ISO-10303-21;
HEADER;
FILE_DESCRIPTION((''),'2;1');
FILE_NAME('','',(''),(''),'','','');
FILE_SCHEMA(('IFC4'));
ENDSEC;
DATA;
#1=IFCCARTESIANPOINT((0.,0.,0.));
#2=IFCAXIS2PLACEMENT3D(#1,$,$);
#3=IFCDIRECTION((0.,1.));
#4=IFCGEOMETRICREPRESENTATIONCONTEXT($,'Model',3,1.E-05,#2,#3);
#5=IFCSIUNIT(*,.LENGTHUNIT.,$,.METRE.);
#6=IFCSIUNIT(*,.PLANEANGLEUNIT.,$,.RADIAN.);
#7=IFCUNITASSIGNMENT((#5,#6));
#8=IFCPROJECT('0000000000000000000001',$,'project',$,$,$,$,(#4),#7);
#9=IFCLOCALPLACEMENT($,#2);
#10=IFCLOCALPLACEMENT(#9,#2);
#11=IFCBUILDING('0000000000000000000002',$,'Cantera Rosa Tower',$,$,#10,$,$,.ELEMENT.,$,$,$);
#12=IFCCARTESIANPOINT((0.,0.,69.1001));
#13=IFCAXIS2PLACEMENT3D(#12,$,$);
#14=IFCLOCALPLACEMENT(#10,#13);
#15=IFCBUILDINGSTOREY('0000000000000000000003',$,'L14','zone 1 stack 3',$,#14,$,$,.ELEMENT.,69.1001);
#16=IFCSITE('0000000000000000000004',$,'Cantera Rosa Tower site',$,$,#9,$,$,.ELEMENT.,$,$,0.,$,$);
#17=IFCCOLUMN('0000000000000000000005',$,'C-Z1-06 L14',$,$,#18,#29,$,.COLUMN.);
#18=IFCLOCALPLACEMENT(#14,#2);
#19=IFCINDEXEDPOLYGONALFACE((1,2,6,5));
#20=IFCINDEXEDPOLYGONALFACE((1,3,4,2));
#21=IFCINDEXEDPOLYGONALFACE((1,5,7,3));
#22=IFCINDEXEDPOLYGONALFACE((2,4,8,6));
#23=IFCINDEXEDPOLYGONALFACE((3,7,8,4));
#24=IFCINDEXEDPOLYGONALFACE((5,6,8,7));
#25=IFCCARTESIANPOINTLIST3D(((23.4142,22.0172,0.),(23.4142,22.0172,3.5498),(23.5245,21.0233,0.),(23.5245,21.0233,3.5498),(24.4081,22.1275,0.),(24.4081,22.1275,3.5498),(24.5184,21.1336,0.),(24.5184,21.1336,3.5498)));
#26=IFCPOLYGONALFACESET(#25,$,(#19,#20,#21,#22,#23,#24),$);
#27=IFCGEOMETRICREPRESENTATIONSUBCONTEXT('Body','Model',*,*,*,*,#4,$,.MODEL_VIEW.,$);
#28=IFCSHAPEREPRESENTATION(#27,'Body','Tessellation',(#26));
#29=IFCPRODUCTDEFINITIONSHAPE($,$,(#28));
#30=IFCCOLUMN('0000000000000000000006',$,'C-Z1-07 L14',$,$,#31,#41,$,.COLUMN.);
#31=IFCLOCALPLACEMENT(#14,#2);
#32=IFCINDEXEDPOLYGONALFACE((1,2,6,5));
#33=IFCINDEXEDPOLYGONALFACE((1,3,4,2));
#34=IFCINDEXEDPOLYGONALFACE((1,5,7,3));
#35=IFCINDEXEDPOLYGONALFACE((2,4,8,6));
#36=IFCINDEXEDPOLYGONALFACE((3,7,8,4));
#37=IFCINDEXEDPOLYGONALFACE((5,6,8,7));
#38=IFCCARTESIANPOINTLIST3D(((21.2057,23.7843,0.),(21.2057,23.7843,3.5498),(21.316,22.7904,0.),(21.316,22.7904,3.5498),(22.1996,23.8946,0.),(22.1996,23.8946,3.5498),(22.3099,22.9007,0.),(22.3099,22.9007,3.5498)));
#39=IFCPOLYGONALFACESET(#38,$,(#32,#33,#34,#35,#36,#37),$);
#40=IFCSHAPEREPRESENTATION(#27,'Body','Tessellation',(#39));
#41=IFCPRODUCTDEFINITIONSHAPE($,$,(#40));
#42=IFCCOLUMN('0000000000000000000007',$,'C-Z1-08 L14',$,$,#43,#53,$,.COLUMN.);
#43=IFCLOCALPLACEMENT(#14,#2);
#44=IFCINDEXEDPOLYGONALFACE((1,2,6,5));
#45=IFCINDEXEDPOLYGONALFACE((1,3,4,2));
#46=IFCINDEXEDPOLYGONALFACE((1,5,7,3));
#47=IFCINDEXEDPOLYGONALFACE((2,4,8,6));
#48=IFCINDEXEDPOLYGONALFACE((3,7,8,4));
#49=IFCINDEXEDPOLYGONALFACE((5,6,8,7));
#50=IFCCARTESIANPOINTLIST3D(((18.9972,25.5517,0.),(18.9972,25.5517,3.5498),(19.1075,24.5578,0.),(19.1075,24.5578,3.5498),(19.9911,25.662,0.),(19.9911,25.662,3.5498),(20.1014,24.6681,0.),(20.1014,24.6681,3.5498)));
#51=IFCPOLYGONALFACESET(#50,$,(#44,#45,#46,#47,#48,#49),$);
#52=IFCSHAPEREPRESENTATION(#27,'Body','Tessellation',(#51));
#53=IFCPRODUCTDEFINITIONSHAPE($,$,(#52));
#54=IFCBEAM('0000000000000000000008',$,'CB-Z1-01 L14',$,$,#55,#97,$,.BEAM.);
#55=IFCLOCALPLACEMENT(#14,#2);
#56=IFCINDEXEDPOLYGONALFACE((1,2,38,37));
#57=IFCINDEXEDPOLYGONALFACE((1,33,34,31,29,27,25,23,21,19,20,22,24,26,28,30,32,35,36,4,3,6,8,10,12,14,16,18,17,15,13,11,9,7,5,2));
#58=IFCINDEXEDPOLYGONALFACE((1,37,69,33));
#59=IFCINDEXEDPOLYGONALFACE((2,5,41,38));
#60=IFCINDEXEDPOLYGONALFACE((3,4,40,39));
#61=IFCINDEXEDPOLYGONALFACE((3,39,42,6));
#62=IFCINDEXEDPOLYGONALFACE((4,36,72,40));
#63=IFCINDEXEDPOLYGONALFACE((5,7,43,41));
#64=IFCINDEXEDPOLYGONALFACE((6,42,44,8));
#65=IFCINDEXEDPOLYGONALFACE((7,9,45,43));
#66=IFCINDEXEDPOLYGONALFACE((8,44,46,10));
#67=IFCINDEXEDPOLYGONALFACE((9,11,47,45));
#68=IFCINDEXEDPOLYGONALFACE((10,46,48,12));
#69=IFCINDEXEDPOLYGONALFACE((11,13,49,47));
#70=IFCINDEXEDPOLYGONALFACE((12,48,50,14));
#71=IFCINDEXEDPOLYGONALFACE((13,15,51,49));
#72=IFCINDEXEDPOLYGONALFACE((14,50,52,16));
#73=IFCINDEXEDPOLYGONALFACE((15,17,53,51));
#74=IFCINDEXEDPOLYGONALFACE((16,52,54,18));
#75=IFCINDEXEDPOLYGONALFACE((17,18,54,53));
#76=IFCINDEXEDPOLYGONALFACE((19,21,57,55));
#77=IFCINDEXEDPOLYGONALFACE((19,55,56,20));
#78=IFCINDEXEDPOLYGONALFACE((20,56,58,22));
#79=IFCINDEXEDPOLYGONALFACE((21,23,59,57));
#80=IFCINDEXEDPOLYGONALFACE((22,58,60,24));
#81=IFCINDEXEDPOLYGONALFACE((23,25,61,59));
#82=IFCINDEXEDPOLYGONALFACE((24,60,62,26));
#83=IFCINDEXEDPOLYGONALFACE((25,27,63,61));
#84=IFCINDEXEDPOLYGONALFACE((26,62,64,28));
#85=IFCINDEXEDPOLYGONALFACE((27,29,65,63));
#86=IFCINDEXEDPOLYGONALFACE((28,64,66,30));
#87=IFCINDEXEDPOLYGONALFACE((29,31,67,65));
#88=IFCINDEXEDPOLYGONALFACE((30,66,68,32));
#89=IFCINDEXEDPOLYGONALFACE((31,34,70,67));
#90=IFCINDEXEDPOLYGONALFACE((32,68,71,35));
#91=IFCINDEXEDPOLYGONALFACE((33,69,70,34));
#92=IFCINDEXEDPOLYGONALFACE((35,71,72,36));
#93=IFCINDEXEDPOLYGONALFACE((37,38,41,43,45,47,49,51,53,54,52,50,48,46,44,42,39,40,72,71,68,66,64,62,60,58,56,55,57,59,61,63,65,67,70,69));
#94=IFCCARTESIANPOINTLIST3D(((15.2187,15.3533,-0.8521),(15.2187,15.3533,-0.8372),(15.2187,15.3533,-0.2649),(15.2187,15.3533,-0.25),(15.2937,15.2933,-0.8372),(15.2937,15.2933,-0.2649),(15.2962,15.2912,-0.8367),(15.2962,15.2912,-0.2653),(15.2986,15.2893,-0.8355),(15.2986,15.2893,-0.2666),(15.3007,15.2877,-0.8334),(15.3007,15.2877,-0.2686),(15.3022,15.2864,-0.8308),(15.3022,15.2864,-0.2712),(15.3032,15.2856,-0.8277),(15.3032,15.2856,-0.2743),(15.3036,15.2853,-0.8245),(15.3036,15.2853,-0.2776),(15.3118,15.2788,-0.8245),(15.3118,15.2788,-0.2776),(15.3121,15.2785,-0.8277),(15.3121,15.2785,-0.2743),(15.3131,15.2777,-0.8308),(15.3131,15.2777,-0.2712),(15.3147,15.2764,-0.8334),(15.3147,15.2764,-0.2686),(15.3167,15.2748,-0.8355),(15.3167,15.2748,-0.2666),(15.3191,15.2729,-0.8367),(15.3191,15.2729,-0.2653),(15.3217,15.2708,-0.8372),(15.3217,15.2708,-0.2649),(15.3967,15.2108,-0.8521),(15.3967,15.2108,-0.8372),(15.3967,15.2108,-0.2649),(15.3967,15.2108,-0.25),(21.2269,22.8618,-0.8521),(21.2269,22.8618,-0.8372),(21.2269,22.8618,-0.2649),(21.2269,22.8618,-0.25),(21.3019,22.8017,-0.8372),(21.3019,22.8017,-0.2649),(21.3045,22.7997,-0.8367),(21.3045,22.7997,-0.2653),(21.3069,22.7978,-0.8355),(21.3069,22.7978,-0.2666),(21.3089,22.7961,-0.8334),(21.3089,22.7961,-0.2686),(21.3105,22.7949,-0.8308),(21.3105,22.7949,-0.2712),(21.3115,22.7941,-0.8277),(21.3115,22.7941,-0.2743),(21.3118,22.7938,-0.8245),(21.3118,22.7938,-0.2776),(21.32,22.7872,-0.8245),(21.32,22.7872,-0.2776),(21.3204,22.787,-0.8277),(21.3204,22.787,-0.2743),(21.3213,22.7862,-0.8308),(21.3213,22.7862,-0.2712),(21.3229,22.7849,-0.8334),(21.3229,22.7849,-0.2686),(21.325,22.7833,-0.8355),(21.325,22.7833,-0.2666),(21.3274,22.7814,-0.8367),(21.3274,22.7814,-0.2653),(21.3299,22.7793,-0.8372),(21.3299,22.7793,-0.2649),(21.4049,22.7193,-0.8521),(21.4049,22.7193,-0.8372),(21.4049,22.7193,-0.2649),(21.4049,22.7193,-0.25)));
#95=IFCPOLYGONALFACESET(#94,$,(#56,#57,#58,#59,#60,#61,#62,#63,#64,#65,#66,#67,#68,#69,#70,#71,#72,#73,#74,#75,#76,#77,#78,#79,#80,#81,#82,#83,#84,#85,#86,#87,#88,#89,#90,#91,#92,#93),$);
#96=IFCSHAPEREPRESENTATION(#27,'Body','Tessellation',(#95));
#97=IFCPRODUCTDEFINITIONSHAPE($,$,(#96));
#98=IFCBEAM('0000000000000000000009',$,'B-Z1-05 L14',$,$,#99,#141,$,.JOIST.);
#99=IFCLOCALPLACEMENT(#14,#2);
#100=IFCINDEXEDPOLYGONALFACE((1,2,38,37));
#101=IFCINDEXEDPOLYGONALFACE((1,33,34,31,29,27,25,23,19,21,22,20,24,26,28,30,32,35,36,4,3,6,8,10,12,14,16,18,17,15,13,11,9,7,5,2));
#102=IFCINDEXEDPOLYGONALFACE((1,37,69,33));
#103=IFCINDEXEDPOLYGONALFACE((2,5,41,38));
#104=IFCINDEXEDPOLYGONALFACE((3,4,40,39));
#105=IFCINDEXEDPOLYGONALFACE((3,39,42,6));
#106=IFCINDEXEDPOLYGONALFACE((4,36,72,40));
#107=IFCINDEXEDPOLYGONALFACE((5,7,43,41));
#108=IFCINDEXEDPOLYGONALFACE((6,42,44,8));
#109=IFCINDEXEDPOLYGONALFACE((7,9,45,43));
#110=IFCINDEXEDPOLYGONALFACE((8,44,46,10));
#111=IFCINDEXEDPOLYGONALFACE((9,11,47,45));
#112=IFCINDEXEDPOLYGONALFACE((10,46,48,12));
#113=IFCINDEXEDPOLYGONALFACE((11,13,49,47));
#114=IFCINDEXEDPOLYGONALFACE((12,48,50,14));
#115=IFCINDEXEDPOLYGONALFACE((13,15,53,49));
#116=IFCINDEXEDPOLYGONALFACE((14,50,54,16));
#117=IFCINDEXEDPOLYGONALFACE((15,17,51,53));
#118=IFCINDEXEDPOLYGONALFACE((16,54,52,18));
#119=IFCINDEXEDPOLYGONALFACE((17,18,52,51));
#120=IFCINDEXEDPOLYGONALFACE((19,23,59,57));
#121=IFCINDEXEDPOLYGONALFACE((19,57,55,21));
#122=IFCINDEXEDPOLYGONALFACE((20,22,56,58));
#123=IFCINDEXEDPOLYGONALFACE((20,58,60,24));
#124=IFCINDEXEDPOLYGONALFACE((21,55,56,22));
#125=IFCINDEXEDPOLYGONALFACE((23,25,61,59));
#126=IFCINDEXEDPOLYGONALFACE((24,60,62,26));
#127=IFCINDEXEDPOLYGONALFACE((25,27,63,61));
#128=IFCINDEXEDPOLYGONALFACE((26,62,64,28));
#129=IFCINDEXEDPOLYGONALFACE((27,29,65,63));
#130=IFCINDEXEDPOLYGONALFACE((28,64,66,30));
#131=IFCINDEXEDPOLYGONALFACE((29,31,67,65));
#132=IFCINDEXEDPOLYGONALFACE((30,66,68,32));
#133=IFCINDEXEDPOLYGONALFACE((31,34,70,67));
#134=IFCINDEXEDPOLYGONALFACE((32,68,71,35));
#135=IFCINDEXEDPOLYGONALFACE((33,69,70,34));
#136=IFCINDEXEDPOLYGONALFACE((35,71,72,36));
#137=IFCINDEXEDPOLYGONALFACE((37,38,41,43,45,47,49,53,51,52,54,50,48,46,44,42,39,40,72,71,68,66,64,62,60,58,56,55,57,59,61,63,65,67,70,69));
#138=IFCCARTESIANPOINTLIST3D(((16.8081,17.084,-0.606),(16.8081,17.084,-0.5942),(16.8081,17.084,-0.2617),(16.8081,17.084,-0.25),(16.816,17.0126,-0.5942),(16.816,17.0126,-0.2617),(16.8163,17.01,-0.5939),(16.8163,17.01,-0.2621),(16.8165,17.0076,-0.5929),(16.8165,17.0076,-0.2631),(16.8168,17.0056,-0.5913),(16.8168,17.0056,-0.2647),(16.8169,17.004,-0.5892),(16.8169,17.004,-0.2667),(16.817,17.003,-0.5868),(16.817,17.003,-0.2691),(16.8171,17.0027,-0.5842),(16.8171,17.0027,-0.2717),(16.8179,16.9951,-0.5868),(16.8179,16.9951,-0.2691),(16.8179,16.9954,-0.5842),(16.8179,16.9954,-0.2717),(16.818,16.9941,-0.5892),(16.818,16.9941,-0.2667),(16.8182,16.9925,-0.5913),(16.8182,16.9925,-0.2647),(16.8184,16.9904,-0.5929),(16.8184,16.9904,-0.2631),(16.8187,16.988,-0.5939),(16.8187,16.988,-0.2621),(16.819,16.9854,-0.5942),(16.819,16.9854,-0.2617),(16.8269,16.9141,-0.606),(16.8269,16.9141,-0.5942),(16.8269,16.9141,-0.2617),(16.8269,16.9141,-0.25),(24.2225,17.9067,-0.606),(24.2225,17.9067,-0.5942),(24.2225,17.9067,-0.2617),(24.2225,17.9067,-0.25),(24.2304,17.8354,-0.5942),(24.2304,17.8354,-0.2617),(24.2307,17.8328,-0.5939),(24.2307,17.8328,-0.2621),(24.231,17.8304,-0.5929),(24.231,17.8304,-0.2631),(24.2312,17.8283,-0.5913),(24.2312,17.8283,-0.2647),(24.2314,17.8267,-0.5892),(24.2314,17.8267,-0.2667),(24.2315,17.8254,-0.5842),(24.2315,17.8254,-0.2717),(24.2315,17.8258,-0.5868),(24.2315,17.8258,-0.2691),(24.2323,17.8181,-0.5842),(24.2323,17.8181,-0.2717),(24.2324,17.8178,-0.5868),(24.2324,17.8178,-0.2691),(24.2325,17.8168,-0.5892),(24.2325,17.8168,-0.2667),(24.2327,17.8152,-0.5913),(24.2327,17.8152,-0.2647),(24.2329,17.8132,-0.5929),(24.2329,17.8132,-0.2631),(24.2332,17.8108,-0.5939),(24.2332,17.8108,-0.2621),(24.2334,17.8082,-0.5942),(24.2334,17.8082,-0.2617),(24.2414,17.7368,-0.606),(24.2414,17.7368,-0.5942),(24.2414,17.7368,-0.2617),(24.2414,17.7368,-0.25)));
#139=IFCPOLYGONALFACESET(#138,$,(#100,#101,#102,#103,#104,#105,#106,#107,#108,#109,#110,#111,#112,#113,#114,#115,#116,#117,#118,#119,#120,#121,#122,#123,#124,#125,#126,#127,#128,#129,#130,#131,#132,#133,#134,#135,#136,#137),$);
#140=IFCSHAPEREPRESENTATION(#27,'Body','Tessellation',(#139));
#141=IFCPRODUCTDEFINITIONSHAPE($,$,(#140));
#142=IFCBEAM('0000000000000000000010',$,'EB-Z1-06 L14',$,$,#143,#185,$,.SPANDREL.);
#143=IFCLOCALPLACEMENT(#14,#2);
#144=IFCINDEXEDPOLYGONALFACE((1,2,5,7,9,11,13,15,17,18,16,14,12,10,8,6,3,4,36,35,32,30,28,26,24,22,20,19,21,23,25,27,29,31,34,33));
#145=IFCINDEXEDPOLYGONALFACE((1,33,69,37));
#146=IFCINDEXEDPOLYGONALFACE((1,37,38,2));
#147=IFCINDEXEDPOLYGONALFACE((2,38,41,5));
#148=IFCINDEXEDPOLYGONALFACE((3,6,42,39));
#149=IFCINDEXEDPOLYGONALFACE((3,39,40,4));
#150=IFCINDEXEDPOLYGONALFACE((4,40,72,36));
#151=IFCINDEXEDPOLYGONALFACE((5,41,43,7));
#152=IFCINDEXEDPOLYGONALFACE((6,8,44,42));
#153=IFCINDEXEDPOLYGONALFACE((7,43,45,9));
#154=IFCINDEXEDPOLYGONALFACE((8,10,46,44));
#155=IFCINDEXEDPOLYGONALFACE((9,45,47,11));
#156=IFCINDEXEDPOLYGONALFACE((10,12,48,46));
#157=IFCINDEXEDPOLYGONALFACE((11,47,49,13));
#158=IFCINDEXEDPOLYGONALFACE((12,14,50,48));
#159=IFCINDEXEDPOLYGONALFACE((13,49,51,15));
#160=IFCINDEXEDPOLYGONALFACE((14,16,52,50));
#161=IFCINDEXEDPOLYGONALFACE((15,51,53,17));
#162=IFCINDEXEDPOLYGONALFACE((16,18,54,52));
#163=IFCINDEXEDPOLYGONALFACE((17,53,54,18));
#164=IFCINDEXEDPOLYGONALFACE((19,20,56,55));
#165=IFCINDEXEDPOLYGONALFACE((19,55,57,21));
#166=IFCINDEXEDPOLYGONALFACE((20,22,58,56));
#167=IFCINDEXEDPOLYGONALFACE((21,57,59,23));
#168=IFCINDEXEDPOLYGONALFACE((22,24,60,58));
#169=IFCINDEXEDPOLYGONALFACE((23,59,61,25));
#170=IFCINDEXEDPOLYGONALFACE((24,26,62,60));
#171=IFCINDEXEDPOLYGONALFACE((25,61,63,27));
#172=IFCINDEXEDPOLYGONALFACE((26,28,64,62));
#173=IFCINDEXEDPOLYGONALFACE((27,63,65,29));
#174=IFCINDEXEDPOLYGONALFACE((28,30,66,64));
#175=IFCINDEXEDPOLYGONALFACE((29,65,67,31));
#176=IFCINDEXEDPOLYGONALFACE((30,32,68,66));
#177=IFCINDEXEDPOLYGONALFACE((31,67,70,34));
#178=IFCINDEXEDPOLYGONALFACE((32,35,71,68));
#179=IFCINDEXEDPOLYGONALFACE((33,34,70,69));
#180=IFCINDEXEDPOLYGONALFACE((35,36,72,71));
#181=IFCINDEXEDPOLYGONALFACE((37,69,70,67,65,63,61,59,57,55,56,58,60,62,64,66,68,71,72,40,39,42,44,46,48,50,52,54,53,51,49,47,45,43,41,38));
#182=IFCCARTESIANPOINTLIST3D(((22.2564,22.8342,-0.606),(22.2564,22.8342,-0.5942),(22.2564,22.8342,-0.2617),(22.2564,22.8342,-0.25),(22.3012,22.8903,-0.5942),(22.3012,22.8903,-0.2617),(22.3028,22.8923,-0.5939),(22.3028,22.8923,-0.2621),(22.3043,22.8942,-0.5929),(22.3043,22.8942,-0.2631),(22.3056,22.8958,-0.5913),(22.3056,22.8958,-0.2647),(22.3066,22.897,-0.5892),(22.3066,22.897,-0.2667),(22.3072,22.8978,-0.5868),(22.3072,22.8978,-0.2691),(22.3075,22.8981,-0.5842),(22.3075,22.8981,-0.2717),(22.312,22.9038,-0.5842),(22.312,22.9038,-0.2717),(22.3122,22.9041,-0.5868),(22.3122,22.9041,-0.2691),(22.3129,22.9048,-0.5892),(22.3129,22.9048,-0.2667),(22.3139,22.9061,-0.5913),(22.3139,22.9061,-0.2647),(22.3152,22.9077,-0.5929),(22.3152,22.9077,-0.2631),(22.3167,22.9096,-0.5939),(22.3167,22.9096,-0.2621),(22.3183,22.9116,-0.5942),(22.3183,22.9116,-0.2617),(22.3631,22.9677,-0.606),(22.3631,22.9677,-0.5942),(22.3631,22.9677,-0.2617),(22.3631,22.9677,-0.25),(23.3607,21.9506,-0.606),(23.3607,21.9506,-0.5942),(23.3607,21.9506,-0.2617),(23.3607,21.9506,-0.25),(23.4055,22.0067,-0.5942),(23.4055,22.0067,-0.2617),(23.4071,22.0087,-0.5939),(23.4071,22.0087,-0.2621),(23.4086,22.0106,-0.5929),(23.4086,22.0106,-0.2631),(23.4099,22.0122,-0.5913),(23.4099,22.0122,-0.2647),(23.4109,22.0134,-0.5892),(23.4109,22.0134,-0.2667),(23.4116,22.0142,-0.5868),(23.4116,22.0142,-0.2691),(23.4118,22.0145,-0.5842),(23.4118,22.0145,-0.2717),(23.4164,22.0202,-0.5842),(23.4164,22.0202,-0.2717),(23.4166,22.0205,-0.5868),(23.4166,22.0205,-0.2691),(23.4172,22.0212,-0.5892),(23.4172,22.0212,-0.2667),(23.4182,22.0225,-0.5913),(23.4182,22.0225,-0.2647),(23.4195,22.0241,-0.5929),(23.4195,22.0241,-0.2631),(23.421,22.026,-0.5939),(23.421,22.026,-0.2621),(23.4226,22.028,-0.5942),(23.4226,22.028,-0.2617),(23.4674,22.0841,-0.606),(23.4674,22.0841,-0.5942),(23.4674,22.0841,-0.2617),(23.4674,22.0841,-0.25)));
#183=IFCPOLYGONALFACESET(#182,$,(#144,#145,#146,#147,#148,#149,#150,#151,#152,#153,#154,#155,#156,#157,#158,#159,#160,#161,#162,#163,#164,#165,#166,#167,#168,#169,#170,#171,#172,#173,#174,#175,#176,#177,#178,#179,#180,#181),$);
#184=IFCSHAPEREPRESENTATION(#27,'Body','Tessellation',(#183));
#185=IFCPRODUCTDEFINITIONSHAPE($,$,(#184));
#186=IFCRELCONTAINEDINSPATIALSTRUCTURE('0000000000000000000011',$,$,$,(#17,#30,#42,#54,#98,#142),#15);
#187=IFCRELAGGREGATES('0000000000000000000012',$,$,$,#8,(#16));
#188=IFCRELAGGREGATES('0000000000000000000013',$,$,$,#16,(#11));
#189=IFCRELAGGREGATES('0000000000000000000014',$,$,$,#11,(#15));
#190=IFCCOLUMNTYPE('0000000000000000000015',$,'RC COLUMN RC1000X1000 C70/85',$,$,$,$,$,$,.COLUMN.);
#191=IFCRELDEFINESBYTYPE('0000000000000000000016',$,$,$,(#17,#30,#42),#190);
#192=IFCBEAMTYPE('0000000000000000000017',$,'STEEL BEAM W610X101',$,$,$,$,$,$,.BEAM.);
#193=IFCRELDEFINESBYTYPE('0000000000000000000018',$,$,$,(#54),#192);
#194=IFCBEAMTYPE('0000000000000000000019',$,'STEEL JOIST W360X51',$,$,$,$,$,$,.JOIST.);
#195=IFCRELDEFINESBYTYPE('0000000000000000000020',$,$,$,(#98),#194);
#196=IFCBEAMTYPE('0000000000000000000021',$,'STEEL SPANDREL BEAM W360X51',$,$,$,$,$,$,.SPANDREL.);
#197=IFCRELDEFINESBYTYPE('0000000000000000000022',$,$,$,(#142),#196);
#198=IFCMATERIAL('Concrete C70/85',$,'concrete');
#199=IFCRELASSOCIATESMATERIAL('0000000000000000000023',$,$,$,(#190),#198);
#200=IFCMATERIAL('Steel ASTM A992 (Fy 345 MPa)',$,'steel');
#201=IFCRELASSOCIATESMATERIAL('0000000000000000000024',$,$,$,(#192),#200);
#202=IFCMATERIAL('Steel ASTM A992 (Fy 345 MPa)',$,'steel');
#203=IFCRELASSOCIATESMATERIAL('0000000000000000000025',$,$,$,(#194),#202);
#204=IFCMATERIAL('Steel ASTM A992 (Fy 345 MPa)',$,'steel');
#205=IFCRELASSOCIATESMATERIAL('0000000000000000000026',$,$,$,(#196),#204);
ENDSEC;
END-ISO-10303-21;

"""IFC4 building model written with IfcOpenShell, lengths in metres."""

from ifc_helpers import new_model, si_unit, direction, frame, origin, origin_2d, place, context, subcontext, project, spatial, rectangle, i_section, extrude, material, material_profile, profile_set, type_object, element, save


model = new_model("IFC4")

# Units and contexts
model_context = context("Model", 3, precision=1e-05, world=origin(), true_north=direction((0.0, 1.0)))
body_context = subcontext(model_context, "Body", "Model", "MODEL_VIEW")
ifc_project = project(units=[si_unit("LENGTHUNIT", "METRE"), si_unit("PLANEANGLEUNIT", "RADIAN")], contexts=[model_context])

# Site, building, storey
site_placement = place(None, origin())
site = spatial("IfcSite", under=ifc_project, at=site_placement, Name="Cantera Rosa Tower site", CompositionType="ELEMENT", RefElevation=0.0)
building_placement = place(site_placement, origin())
building = spatial("IfcBuilding", under=site, at=building_placement, Name="Cantera Rosa Tower", CompositionType="ELEMENT")
storey_placement = place(building_placement, frame((0.0, 0.0, 69.1001)))
storey = spatial("IfcBuildingStorey", under=building, at=storey_placement, Name="L14", Description="zone 1 stack 3", CompositionType="ELEMENT", Elevation=69.1001)

# Columns
ifc_material_1 = material(Name="Concrete C70/85", Category="concrete")
ifc_material_profile_1 = material_profile(ifc_material_1, rectangle(XDim=1.0, YDim=1.0, at=origin_2d()), Name="RC COLUMN RC1000X1000 C70/85")
ifc_profile_set_1 = profile_set([ifc_material_profile_1], Name="Concrete C70/85")
column_type = type_object("IfcColumnType", Name="RC COLUMN RC1000X1000 C70/85", PredefinedType="COLUMN", material=ifc_profile_set_1)
for number, where, z_axis, x_axis, name in (
    (1, (23.9663, 21.5754, 0.0), (0.0, 0.0, 1.0), (0.993897, 0.110313, 0.0), "C-Z1-06 L14"),
    (2, (21.7578, 23.3425, 0.0), (0.0, 0.0, 1.0), (0.993897, 0.110313, 0.0), "C-Z1-07 L14"),
    (3, (19.5493, 25.1099, 0.0), (0.0, 0.0, 1.0), (0.993897, 0.110313, 0.0), "C-Z1-08 L14"),
):
    element("IfcColumn", number, at=place(storey_placement, frame(where, z_axis=z_axis, x_axis=x_axis)), inside=storey, type_object=column_type, Name=name, PredefinedType="COLUMN", context=body_context, shape_type="SweptSolid", body=[
        extrude(rectangle(XDim=1.0, YDim=1.0, at=origin_2d()), origin(), (0.0, 0.0, 1.0), 3.5498),
    ])

# Beams
ifc_material_2 = material(Name="Steel ASTM A992 (Fy 345 MPa)", Category="steel")
ifc_material_profile_2 = material_profile(ifc_material_2, i_section(OverallWidth=0.228, OverallDepth=0.6021, WebThickness=0.0105, FlangeThickness=0.0149, FilletRadius=0.0127, at=origin_2d()), Name="W610X101")
ifc_profile_set_2 = profile_set([ifc_material_profile_2], Name="Steel ASTM A992 (Fy 345 MPa)")
beam_type_1 = type_object("IfcBeamType", Name="STEEL BEAM W610X101", PredefinedType="BEAM", material=ifc_profile_set_2)
beam_1_placement = place(storey_placement, frame((21.3159, 22.7905, -0.551), z_axis=(-0.624788, -0.780794, 0.0), x_axis=(0.780794, -0.624788, 0.0)))
element("IfcBeam", 4, at=beam_1_placement, inside=storey, type_object=beam_type_1, Name="CB-Z1-01 L14", PredefinedType="BEAM", context=body_context, shape_type="SweptSolid", body=[
    extrude(i_section(OverallWidth=0.228, OverallDepth=0.6021, WebThickness=0.0105, FlangeThickness=0.0149, FilletRadius=0.0127, at=origin_2d()), origin(), (0.0, 0.0, 1.0), 9.6165),
])
ifc_material_3 = material(Name="Steel ASTM A992 (Fy 345 MPa)", Category="steel")
ifc_material_profile_3 = material_profile(ifc_material_3, i_section(OverallWidth=0.1709, OverallDepth=0.356, WebThickness=0.0073, FlangeThickness=0.0117, FilletRadius=0.01, at=origin_2d()), Name="W360X51")
ifc_profile_set_3 = profile_set([ifc_material_profile_3], Name="Steel ASTM A992 (Fy 345 MPa)")
beam_type_2 = type_object("IfcBeamType", Name="STEEL JOIST W360X51", PredefinedType="JOIST", material=ifc_profile_set_3)
beam_2_placement = place(storey_placement, frame((24.2319, 17.8218, -0.428), z_axis=(-0.9939, -0.110288, 0.0), x_axis=(0.110288, -0.9939, 0.0)))
element("IfcBeam", 5, at=beam_2_placement, inside=storey, type_object=beam_type_2, Name="B-Z1-05 L14", PredefinedType="JOIST", context=body_context, shape_type="SweptSolid", body=[
    extrude(i_section(OverallWidth=0.1709, OverallDepth=0.356, WebThickness=0.0073, FlangeThickness=0.0117, FilletRadius=0.01, at=origin_2d()), origin(), (0.0, 0.0, 1.0), 7.46),
])
ifc_material_4 = material(Name="Steel ASTM A992 (Fy 345 MPa)", Category="steel")
ifc_material_profile_4 = material_profile(ifc_material_4, i_section(OverallWidth=0.1709, OverallDepth=0.356, WebThickness=0.0073, FlangeThickness=0.0117, FilletRadius=0.01, at=origin_2d()), Name="W360X51")
ifc_profile_set_4 = profile_set([ifc_material_profile_4], Name="Steel ASTM A992 (Fy 345 MPa)")
beam_type_3 = type_object("IfcBeamType", Name="STEEL SPANDREL BEAM W360X51", PredefinedType="SPANDREL", material=ifc_profile_set_4)
for number, where, z_axis, x_axis, name in (
    (6, (23.4141, 22.0173, -0.428), (-0.780818, 0.624758, 0.0), (-0.624758, -0.780818, 0.0), "EB-Z1-06 L14"),
):
    element("IfcBeam", number, at=place(storey_placement, frame(where, z_axis=z_axis, x_axis=x_axis)), inside=storey, type_object=beam_type_3, Name=name, PredefinedType="SPANDREL", context=body_context, shape_type="SweptSolid", body=[
        extrude(i_section(OverallWidth=0.1709, OverallDepth=0.356, WebThickness=0.0073, FlangeThickness=0.0117, FilletRadius=0.01, at=origin_2d()), origin(), (0.0, 0.0, 1.0), 1.4143),
    ])

save(model, "model.ifc")
